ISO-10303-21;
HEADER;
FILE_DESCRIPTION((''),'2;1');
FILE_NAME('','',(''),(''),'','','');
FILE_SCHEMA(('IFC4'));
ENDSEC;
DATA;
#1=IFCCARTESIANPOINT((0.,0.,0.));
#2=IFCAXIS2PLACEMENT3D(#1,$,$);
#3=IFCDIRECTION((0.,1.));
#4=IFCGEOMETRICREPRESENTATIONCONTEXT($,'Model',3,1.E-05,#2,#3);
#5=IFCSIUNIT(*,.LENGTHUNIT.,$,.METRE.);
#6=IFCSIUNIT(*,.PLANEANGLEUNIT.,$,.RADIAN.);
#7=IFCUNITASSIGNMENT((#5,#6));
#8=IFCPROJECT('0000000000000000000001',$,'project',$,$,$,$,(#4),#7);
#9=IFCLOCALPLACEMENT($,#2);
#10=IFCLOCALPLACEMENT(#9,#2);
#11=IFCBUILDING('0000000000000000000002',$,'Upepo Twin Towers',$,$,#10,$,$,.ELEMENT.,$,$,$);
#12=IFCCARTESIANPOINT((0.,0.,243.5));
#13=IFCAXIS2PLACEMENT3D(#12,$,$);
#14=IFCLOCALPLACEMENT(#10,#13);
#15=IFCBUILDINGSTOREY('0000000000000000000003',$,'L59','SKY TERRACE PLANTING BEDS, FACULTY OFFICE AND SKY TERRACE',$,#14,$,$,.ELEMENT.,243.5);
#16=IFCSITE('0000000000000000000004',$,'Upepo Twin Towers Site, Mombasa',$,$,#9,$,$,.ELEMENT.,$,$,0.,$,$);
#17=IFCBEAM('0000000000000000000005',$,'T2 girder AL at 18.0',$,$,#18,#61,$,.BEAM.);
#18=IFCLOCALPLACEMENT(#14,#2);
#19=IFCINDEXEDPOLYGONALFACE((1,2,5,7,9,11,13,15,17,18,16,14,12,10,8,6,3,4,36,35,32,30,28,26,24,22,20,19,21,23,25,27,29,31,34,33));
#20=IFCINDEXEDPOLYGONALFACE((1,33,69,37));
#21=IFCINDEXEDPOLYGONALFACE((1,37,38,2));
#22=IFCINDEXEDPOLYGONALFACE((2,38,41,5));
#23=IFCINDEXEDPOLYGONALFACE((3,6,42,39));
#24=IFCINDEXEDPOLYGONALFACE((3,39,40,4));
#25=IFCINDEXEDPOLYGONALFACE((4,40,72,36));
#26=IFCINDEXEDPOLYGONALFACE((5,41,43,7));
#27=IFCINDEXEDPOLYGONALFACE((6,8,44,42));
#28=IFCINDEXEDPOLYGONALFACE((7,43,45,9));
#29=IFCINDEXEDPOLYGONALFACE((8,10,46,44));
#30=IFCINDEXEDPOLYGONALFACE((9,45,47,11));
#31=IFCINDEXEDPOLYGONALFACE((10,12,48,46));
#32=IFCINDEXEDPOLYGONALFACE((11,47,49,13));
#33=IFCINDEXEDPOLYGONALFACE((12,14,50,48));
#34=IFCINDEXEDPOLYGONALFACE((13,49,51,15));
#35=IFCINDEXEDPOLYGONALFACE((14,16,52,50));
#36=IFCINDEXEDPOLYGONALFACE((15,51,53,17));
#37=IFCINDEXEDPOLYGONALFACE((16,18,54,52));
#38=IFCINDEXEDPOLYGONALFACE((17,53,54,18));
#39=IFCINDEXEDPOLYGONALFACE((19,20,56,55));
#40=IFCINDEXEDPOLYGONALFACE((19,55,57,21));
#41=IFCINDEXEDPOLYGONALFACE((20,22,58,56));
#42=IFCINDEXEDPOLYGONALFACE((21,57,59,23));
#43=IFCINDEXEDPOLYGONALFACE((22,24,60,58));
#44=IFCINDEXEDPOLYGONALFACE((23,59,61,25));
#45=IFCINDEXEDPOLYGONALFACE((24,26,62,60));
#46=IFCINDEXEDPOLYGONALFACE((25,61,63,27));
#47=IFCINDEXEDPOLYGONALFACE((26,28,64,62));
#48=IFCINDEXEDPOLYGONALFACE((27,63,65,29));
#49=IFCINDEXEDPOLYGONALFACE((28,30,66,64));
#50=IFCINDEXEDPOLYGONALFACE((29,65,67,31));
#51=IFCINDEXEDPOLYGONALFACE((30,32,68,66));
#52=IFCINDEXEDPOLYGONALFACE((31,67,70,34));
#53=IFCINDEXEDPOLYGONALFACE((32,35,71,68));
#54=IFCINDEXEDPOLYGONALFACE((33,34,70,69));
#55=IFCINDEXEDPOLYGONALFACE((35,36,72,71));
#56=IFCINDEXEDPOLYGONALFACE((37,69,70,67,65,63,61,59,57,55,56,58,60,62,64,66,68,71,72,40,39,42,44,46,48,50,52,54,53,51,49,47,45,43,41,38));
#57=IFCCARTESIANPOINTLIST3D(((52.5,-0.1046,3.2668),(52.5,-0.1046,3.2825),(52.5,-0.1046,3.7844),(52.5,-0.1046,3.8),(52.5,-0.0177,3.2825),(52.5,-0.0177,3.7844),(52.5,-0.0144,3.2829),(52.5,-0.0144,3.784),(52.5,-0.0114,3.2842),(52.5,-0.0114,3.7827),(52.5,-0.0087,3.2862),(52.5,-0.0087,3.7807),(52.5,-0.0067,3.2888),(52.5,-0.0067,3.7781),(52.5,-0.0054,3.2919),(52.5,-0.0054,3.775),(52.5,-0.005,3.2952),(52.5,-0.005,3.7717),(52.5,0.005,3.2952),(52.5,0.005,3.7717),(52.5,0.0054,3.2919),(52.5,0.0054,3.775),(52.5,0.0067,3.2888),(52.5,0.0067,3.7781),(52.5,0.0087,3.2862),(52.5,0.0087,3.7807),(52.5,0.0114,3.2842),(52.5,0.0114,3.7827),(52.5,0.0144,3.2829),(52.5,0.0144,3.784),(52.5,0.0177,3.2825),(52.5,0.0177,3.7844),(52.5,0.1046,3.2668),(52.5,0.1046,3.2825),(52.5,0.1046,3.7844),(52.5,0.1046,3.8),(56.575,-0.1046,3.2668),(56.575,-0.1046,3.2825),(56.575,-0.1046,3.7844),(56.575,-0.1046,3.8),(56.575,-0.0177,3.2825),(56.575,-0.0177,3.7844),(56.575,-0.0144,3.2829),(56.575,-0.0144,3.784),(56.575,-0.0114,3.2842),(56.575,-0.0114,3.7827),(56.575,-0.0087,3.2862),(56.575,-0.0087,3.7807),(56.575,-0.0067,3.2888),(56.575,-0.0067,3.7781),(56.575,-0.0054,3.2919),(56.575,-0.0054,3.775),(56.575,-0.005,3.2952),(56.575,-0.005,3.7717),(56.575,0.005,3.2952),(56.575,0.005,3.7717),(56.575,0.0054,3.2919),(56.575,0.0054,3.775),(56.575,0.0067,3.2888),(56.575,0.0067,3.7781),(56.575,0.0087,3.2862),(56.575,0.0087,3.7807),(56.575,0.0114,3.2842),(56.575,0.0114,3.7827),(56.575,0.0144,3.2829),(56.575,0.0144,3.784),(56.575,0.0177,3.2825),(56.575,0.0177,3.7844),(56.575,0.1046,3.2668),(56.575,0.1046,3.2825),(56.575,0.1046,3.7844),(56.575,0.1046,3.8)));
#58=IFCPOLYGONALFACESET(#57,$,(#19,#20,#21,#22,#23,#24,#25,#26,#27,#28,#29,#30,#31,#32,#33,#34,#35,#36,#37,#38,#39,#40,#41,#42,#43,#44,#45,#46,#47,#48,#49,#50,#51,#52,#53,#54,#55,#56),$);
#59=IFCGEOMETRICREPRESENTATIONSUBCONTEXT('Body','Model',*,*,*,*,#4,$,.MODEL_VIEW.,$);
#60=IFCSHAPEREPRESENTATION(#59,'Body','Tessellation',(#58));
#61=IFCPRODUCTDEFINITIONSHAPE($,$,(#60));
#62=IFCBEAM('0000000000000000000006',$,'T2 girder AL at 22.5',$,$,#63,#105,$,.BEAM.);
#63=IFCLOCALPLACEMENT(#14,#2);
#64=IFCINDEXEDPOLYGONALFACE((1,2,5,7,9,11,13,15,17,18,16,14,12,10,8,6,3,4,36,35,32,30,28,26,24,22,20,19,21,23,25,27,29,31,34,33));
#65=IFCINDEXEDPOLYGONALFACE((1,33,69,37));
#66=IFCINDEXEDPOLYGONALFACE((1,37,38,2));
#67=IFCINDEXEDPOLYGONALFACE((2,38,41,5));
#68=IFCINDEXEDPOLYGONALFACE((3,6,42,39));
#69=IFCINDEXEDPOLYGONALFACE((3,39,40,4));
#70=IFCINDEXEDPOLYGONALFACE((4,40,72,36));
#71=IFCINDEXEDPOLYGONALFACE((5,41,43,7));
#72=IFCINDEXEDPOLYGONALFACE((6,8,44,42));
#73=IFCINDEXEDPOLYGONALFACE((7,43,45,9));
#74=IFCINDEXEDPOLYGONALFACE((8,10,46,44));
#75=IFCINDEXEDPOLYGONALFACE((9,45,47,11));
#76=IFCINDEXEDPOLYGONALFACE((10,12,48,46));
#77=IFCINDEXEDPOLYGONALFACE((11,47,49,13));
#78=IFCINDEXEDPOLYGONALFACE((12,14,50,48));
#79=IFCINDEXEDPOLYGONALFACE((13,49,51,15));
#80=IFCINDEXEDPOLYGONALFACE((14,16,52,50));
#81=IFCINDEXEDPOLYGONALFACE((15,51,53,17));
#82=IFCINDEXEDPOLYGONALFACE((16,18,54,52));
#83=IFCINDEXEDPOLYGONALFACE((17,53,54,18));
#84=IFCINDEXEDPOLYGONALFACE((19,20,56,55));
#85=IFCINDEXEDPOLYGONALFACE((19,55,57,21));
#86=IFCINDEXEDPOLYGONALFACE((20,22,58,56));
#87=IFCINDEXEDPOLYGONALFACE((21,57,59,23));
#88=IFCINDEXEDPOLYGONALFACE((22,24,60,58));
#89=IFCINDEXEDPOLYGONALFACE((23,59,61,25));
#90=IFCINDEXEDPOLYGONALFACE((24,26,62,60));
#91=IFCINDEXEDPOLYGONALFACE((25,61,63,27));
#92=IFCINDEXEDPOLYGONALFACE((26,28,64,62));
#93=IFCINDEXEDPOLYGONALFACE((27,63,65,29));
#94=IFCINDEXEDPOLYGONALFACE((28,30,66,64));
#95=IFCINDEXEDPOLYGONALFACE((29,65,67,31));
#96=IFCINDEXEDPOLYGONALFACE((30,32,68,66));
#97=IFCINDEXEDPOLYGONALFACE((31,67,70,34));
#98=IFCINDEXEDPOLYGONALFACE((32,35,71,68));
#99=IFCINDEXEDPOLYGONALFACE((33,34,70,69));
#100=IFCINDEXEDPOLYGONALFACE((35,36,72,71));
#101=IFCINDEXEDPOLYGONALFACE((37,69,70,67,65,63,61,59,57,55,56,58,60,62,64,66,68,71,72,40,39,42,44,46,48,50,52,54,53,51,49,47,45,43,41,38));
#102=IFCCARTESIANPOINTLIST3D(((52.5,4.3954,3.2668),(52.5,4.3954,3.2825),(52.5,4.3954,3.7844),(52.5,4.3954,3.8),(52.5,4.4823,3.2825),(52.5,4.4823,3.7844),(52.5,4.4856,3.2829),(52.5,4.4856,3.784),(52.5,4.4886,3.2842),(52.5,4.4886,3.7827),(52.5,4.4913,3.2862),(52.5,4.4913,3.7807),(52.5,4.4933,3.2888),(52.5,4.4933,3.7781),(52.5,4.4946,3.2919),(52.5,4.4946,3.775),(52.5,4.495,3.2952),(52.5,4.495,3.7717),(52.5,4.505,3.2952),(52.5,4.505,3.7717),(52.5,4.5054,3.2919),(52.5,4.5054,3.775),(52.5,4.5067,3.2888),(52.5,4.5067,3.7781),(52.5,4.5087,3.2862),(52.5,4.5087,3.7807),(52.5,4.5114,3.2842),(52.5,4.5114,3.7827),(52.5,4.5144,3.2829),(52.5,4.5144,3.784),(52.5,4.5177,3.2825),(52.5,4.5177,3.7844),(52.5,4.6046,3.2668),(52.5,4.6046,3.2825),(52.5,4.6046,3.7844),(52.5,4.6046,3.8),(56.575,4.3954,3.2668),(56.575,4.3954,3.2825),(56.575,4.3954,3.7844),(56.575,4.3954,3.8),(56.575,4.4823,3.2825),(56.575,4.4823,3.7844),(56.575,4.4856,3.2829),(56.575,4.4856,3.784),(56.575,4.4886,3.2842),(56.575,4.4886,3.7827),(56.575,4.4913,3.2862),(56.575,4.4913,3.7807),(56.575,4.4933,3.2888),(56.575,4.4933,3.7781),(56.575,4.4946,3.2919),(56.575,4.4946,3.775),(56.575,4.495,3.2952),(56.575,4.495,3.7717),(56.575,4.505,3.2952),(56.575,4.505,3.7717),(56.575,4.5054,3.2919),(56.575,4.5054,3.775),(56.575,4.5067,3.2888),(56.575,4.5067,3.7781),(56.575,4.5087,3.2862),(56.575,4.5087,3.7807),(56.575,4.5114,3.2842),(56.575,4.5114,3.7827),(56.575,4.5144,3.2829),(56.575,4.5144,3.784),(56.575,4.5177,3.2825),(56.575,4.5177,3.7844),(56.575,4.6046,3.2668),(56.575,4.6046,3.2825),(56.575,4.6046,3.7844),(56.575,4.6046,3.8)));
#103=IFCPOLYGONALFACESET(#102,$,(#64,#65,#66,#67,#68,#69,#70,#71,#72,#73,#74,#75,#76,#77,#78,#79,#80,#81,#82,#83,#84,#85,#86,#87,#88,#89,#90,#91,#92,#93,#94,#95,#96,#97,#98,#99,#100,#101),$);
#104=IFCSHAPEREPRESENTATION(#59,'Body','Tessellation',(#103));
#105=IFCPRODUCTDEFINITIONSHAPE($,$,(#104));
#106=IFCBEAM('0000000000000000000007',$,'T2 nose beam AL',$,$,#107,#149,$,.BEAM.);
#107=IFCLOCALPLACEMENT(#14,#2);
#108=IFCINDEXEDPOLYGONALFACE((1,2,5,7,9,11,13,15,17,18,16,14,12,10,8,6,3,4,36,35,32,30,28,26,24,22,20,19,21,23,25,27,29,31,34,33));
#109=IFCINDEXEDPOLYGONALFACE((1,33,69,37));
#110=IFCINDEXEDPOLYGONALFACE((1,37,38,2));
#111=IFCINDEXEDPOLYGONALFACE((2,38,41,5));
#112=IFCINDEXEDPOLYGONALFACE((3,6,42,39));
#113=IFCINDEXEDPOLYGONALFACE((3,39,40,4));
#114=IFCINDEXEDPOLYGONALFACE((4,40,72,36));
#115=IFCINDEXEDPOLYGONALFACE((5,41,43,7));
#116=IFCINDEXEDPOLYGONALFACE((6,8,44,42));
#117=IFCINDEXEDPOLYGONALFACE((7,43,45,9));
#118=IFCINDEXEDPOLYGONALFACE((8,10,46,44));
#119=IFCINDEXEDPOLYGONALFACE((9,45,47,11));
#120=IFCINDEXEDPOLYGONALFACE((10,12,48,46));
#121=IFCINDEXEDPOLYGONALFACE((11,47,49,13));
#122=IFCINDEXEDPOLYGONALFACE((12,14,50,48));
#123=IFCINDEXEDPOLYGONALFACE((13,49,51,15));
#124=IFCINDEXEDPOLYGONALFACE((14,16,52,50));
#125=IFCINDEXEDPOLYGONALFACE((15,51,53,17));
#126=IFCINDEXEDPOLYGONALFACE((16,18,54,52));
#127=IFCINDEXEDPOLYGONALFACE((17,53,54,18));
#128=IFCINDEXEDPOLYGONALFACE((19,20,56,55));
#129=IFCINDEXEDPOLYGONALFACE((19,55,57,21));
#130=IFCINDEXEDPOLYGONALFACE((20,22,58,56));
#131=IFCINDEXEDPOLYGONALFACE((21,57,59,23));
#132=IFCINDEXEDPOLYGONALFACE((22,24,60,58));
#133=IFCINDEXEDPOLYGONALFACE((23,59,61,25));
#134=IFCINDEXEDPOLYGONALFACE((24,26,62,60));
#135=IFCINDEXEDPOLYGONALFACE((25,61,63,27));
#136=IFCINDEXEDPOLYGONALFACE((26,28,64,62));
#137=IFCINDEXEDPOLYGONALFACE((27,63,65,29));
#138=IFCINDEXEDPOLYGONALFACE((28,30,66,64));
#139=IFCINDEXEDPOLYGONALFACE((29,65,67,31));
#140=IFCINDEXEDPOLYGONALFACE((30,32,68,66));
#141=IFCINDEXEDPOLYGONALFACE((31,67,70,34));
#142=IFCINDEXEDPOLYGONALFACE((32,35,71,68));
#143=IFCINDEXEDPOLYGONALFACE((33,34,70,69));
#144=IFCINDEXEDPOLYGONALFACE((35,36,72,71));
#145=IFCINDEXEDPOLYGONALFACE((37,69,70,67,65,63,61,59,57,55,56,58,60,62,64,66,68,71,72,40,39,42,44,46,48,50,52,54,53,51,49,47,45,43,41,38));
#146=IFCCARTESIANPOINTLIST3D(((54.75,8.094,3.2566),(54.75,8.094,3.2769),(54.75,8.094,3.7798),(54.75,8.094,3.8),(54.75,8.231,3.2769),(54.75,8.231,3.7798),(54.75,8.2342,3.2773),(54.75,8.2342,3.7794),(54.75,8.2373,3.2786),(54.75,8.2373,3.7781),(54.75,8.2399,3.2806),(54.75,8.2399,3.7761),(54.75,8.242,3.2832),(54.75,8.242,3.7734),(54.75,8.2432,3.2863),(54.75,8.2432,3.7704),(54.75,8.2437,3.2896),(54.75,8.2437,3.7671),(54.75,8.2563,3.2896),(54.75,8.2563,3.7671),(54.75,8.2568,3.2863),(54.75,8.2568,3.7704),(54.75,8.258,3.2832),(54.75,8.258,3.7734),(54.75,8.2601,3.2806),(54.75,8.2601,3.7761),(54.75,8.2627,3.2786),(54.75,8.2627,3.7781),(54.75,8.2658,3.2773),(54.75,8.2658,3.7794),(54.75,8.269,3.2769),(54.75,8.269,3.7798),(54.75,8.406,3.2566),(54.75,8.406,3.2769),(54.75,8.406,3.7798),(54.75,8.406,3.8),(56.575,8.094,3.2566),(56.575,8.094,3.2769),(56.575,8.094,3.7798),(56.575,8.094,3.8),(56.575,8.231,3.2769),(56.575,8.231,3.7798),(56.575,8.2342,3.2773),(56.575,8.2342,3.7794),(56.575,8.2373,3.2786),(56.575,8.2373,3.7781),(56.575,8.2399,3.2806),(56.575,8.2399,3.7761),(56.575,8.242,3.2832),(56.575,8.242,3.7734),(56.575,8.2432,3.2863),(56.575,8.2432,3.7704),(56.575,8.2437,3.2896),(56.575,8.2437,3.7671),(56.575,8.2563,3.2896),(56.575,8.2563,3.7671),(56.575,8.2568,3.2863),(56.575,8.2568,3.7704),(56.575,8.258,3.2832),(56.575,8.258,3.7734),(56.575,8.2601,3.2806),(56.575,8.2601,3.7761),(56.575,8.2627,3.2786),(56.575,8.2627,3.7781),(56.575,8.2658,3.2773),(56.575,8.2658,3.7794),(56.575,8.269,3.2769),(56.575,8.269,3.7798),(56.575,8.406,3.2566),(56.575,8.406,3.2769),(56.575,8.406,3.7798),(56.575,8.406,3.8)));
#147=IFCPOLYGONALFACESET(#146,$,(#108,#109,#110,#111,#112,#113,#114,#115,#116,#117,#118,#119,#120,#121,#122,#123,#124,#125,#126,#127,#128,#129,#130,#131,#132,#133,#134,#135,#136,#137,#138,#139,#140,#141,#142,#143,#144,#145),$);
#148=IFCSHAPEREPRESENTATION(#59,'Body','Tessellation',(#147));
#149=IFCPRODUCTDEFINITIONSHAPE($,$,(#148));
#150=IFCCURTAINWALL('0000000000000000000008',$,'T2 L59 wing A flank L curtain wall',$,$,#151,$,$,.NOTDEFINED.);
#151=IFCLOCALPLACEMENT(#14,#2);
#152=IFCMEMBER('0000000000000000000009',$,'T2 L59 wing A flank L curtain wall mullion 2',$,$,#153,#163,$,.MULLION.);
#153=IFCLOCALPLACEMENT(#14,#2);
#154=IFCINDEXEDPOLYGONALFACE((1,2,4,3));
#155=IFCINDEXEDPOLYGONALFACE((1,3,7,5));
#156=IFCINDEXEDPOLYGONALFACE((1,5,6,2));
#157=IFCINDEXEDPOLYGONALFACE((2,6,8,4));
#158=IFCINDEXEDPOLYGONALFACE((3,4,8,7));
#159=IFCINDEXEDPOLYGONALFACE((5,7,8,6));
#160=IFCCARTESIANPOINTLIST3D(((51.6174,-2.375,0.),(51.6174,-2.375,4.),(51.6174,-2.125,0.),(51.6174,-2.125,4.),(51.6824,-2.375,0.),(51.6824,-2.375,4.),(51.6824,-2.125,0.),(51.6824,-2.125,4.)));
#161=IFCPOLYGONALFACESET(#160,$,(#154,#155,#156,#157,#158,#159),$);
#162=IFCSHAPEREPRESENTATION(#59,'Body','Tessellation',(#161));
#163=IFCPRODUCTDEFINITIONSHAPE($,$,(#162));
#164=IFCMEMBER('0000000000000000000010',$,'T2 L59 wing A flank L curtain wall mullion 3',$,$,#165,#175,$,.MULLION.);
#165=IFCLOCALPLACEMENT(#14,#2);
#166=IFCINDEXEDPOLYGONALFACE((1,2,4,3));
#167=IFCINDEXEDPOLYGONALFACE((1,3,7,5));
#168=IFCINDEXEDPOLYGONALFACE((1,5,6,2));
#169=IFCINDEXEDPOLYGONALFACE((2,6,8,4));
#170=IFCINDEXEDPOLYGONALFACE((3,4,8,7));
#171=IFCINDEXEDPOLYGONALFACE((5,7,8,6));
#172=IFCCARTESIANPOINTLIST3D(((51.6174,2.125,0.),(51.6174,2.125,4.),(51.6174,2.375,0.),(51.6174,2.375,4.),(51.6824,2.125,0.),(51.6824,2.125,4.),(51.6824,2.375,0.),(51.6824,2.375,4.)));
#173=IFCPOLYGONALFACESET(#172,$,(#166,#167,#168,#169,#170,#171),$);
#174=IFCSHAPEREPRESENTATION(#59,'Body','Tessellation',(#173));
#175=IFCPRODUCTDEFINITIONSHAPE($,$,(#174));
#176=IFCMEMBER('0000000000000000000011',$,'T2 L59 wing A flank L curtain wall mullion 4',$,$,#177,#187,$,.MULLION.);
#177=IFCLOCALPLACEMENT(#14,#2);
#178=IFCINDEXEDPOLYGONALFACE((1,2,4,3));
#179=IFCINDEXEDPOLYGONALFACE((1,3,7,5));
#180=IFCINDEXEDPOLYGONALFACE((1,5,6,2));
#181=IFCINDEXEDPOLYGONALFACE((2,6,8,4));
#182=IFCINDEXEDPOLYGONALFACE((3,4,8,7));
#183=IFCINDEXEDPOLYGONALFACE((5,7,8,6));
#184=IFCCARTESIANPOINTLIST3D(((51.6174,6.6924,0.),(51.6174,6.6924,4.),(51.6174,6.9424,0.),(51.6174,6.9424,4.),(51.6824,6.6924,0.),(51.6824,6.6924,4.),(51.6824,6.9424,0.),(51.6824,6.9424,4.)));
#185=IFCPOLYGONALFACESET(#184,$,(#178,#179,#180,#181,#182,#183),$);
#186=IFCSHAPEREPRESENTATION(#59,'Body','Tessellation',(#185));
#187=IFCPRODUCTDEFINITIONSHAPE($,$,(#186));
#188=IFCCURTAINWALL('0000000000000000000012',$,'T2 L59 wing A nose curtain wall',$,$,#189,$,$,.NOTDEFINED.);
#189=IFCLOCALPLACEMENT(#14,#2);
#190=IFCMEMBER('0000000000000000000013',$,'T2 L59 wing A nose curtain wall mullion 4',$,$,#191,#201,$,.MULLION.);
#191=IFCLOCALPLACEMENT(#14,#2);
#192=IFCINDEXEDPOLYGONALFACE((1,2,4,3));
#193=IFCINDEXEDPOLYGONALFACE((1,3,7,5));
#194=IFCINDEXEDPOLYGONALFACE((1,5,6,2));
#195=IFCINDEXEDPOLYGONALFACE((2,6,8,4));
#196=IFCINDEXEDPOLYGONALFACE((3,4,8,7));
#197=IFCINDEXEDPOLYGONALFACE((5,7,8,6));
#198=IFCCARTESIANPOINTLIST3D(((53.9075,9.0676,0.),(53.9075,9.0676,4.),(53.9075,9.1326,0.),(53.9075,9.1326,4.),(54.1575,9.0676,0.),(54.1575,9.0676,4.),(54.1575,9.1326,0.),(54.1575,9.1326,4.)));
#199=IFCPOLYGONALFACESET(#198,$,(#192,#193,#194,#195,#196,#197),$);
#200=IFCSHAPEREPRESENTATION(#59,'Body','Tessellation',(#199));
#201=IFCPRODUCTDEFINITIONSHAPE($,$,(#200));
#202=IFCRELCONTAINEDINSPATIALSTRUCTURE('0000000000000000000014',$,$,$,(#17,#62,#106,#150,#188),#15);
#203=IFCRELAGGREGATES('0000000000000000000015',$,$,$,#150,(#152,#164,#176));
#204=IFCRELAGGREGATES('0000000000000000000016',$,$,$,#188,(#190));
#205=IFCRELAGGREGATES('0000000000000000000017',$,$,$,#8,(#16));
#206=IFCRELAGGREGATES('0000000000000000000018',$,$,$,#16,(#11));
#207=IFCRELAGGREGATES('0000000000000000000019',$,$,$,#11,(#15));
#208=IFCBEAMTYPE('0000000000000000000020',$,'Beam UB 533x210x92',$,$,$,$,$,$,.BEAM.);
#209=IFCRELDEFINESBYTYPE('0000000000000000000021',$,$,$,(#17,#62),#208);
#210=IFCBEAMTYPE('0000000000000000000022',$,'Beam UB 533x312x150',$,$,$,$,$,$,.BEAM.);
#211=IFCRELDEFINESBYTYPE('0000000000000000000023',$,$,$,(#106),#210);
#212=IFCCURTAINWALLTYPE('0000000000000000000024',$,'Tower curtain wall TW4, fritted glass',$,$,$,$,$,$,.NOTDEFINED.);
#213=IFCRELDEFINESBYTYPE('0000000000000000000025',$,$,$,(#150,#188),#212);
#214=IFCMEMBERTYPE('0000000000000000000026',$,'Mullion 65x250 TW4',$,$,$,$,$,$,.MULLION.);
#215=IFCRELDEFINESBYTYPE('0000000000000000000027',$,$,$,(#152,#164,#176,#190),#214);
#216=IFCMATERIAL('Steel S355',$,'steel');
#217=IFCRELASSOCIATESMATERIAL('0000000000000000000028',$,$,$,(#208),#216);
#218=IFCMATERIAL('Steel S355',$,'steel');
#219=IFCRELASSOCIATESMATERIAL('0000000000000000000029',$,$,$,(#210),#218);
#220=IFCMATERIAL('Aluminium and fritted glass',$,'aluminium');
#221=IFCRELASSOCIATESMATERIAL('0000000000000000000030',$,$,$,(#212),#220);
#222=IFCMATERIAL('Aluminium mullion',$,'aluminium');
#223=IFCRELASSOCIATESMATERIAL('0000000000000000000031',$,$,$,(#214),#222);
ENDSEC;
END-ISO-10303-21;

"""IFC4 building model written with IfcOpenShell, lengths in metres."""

from ifc_helpers import new_model, si_unit, direction, frame, origin, origin_2d, place, context, subcontext, project, spatial, rectangle, i_section, extrude, material, material_profile, profile_set, type_object, element, aggregate, save


model = new_model("IFC4")

# Units and contexts
model_context = context("Model", 3, precision=1e-05, world=origin(), true_north=direction((0.0, 1.0)))
body_context = subcontext(model_context, "Body", "Model", "MODEL_VIEW")
ifc_project = project(units=[si_unit("LENGTHUNIT", "METRE"), si_unit("PLANEANGLEUNIT", "RADIAN")], contexts=[model_context])

# Site, building, storey
site_placement = place(None, origin())
site = spatial("IfcSite", under=ifc_project, at=site_placement, Name="Upepo Twin Towers Site, Mombasa", CompositionType="ELEMENT", RefElevation=0.0)
building_placement = place(site_placement, origin())
building = spatial("IfcBuilding", under=site, at=building_placement, Name="Upepo Twin Towers", CompositionType="ELEMENT")
storey_placement = place(building_placement, frame((0.0, 0.0, 243.5)))
storey = spatial("IfcBuildingStorey", under=building, at=storey_placement, Name="L59", Description="SKY TERRACE PLANTING BEDS, FACULTY OFFICE AND SKY TERRACE", CompositionType="ELEMENT", Elevation=243.5)

# Beams
ifc_material_1 = material(Name="Steel S355", Category="steel")
ifc_material_profile_1 = material_profile(ifc_material_1, i_section(OverallWidth=0.2092, OverallDepth=0.5332, WebThickness=0.01, FlangeThickness=0.0156, FilletRadius=0.0127, at=origin_2d()), Name="UB 533x210x92")
ifc_profile_set_1 = profile_set([ifc_material_profile_1], Name="Steel S355")
beam_type_1 = type_object("IfcBeamType", Name="Beam UB 533x210x92", PredefinedType="BEAM", material=ifc_profile_set_1)
for number, where, z_axis, x_axis, name in (
    (1, (52.5, 0.0, 3.5334), (1.0, 0.0, 0.0), (0.0, 1.0, 0.0), "T2 girder AL at 18.0"),
    (2, (52.5, 4.5, 3.5334), (1.0, 0.0, 0.0), (0.0, 1.0, 0.0), "T2 girder AL at 22.5"),
):
    element("IfcBeam", number, at=place(storey_placement, frame(where, z_axis=z_axis, x_axis=x_axis)), inside=storey, type_object=beam_type_1, Name=name, PredefinedType="BEAM", context=body_context, shape_type="SweptSolid", body=[
        extrude(i_section(OverallWidth=0.2092, OverallDepth=0.5332, WebThickness=0.01, FlangeThickness=0.0156, FilletRadius=0.0127, at=origin_2d()), origin(), (0.0, 0.0, 1.0), 4.075),
    ])
ifc_material_2 = material(Name="Steel S355", Category="steel")
ifc_material_profile_2 = material_profile(ifc_material_2, i_section(OverallWidth=0.312, OverallDepth=0.5435, WebThickness=0.0127, FlangeThickness=0.0203, FilletRadius=0.0127, at=origin_2d()), Name="UB 533x312x150")
ifc_profile_set_2 = profile_set([ifc_material_profile_2], Name="Steel S355")
beam_type_2 = type_object("IfcBeamType", Name="Beam UB 533x312x150", PredefinedType="BEAM", material=ifc_profile_set_2)
beam_1_placement = place(storey_placement, frame((54.75, 8.25, 3.5283), z_axis=(1.0, 0.0, 0.0), x_axis=(0.0, 1.0, 0.0)))
element("IfcBeam", 3, at=beam_1_placement, inside=storey, type_object=beam_type_2, Name="T2 nose beam AL", PredefinedType="BEAM", context=body_context, shape_type="SweptSolid", body=[
    extrude(i_section(OverallWidth=0.312, OverallDepth=0.5435, WebThickness=0.0127, FlangeThickness=0.0203, FilletRadius=0.0127, at=origin_2d()), origin(), (0.0, 0.0, 1.0), 1.825),
])

# Curtain wall, members
ifc_material_3 = material(Name="Aluminium and fritted glass", Category="aluminium")
curtain_wall_type = type_object("IfcCurtainWallType", Name="Tower curtain wall TW4, fritted glass", PredefinedType="NOTDEFINED", material=ifc_material_3)
curtain_wall_1_placement = place(storey_placement, origin())
curtain_wall_1 = element("IfcCurtainWall", 4, at=curtain_wall_1_placement, inside=storey, type_object=curtain_wall_type, Name="T2 L59 wing A flank L curtain wall", PredefinedType="NOTDEFINED")
ifc_material_4 = material(Name="Aluminium mullion", Category="aluminium")
ifc_material_profile_3 = material_profile(ifc_material_4, rectangle(XDim=0.0649, YDim=0.25, at=origin_2d()), Name="MULLION 65x250")
ifc_profile_set_3 = profile_set([ifc_material_profile_3], Name="Aluminium mullion")
member_type_1 = type_object("IfcMemberType", Name="Mullion 65x250 TW4", PredefinedType="MULLION", material=ifc_profile_set_3)
member_1_placement = place(storey_placement, frame((51.6499, -2.25, 0.0), z_axis=(0.0, 0.0, 1.0), x_axis=(-1.0, 0.0, 0.0)))
member_1 = element("IfcMember", 5, at=member_1_placement, type_object=member_type_1, Name="T2 L59 wing A flank L curtain wall mullion 2", PredefinedType="MULLION", context=body_context, shape_type="SweptSolid", body=[
    extrude(rectangle(XDim=0.0649, YDim=0.25, at=origin_2d()), origin(), (0.0, 0.0, 1.0), 4.0),
])
member_2_placement = place(storey_placement, frame((51.6499, 2.25, 0.0), z_axis=(0.0, 0.0, 1.0), x_axis=(-1.0, 0.0, 0.0)))
member_2 = element("IfcMember", 6, at=member_2_placement, type_object=member_type_1, Name="T2 L59 wing A flank L curtain wall mullion 3", PredefinedType="MULLION", context=body_context, shape_type="SweptSolid", body=[
    extrude(rectangle(XDim=0.0649, YDim=0.25, at=origin_2d()), origin(), (0.0, 0.0, 1.0), 4.0),
])
member_3_placement = place(storey_placement, frame((51.6499, 6.8174, 0.0), z_axis=(0.0, 0.0, 1.0), x_axis=(-1.0, 0.0, 0.0)))
member_3 = element("IfcMember", 7, at=member_3_placement, type_object=member_type_1, Name="T2 L59 wing A flank L curtain wall mullion 4", PredefinedType="MULLION", context=body_context, shape_type="SweptSolid", body=[
    extrude(rectangle(XDim=0.0649, YDim=0.25, at=origin_2d()), origin(), (0.0, 0.0, 1.0), 4.0),
])

# Curtain wall, member
curtain_wall_2_placement = place(storey_placement, origin())
curtain_wall_2 = element("IfcCurtainWall", 8, at=curtain_wall_2_placement, inside=storey, type_object=curtain_wall_type, Name="T2 L59 wing A nose curtain wall", PredefinedType="NOTDEFINED")
member_4_placement = place(storey_placement, frame((54.0325, 9.1001, 0.0), z_axis=(0.0, 0.0, 1.0), x_axis=(0.0, -1.0, 0.0)))
member_4 = element("IfcMember", 9, at=member_4_placement, type_object=member_type_1, Name="T2 L59 wing A nose curtain wall mullion 4", PredefinedType="MULLION", context=body_context, shape_type="SweptSolid", body=[
    extrude(rectangle(XDim=0.0649, YDim=0.25, at=origin_2d()), origin(), (0.0, 0.0, 1.0), 4.0),
])

aggregate(curtain_wall_1, [member_1, member_2, member_3])
aggregate(curtain_wall_2, [member_4])

save(model, "model.ifc")
